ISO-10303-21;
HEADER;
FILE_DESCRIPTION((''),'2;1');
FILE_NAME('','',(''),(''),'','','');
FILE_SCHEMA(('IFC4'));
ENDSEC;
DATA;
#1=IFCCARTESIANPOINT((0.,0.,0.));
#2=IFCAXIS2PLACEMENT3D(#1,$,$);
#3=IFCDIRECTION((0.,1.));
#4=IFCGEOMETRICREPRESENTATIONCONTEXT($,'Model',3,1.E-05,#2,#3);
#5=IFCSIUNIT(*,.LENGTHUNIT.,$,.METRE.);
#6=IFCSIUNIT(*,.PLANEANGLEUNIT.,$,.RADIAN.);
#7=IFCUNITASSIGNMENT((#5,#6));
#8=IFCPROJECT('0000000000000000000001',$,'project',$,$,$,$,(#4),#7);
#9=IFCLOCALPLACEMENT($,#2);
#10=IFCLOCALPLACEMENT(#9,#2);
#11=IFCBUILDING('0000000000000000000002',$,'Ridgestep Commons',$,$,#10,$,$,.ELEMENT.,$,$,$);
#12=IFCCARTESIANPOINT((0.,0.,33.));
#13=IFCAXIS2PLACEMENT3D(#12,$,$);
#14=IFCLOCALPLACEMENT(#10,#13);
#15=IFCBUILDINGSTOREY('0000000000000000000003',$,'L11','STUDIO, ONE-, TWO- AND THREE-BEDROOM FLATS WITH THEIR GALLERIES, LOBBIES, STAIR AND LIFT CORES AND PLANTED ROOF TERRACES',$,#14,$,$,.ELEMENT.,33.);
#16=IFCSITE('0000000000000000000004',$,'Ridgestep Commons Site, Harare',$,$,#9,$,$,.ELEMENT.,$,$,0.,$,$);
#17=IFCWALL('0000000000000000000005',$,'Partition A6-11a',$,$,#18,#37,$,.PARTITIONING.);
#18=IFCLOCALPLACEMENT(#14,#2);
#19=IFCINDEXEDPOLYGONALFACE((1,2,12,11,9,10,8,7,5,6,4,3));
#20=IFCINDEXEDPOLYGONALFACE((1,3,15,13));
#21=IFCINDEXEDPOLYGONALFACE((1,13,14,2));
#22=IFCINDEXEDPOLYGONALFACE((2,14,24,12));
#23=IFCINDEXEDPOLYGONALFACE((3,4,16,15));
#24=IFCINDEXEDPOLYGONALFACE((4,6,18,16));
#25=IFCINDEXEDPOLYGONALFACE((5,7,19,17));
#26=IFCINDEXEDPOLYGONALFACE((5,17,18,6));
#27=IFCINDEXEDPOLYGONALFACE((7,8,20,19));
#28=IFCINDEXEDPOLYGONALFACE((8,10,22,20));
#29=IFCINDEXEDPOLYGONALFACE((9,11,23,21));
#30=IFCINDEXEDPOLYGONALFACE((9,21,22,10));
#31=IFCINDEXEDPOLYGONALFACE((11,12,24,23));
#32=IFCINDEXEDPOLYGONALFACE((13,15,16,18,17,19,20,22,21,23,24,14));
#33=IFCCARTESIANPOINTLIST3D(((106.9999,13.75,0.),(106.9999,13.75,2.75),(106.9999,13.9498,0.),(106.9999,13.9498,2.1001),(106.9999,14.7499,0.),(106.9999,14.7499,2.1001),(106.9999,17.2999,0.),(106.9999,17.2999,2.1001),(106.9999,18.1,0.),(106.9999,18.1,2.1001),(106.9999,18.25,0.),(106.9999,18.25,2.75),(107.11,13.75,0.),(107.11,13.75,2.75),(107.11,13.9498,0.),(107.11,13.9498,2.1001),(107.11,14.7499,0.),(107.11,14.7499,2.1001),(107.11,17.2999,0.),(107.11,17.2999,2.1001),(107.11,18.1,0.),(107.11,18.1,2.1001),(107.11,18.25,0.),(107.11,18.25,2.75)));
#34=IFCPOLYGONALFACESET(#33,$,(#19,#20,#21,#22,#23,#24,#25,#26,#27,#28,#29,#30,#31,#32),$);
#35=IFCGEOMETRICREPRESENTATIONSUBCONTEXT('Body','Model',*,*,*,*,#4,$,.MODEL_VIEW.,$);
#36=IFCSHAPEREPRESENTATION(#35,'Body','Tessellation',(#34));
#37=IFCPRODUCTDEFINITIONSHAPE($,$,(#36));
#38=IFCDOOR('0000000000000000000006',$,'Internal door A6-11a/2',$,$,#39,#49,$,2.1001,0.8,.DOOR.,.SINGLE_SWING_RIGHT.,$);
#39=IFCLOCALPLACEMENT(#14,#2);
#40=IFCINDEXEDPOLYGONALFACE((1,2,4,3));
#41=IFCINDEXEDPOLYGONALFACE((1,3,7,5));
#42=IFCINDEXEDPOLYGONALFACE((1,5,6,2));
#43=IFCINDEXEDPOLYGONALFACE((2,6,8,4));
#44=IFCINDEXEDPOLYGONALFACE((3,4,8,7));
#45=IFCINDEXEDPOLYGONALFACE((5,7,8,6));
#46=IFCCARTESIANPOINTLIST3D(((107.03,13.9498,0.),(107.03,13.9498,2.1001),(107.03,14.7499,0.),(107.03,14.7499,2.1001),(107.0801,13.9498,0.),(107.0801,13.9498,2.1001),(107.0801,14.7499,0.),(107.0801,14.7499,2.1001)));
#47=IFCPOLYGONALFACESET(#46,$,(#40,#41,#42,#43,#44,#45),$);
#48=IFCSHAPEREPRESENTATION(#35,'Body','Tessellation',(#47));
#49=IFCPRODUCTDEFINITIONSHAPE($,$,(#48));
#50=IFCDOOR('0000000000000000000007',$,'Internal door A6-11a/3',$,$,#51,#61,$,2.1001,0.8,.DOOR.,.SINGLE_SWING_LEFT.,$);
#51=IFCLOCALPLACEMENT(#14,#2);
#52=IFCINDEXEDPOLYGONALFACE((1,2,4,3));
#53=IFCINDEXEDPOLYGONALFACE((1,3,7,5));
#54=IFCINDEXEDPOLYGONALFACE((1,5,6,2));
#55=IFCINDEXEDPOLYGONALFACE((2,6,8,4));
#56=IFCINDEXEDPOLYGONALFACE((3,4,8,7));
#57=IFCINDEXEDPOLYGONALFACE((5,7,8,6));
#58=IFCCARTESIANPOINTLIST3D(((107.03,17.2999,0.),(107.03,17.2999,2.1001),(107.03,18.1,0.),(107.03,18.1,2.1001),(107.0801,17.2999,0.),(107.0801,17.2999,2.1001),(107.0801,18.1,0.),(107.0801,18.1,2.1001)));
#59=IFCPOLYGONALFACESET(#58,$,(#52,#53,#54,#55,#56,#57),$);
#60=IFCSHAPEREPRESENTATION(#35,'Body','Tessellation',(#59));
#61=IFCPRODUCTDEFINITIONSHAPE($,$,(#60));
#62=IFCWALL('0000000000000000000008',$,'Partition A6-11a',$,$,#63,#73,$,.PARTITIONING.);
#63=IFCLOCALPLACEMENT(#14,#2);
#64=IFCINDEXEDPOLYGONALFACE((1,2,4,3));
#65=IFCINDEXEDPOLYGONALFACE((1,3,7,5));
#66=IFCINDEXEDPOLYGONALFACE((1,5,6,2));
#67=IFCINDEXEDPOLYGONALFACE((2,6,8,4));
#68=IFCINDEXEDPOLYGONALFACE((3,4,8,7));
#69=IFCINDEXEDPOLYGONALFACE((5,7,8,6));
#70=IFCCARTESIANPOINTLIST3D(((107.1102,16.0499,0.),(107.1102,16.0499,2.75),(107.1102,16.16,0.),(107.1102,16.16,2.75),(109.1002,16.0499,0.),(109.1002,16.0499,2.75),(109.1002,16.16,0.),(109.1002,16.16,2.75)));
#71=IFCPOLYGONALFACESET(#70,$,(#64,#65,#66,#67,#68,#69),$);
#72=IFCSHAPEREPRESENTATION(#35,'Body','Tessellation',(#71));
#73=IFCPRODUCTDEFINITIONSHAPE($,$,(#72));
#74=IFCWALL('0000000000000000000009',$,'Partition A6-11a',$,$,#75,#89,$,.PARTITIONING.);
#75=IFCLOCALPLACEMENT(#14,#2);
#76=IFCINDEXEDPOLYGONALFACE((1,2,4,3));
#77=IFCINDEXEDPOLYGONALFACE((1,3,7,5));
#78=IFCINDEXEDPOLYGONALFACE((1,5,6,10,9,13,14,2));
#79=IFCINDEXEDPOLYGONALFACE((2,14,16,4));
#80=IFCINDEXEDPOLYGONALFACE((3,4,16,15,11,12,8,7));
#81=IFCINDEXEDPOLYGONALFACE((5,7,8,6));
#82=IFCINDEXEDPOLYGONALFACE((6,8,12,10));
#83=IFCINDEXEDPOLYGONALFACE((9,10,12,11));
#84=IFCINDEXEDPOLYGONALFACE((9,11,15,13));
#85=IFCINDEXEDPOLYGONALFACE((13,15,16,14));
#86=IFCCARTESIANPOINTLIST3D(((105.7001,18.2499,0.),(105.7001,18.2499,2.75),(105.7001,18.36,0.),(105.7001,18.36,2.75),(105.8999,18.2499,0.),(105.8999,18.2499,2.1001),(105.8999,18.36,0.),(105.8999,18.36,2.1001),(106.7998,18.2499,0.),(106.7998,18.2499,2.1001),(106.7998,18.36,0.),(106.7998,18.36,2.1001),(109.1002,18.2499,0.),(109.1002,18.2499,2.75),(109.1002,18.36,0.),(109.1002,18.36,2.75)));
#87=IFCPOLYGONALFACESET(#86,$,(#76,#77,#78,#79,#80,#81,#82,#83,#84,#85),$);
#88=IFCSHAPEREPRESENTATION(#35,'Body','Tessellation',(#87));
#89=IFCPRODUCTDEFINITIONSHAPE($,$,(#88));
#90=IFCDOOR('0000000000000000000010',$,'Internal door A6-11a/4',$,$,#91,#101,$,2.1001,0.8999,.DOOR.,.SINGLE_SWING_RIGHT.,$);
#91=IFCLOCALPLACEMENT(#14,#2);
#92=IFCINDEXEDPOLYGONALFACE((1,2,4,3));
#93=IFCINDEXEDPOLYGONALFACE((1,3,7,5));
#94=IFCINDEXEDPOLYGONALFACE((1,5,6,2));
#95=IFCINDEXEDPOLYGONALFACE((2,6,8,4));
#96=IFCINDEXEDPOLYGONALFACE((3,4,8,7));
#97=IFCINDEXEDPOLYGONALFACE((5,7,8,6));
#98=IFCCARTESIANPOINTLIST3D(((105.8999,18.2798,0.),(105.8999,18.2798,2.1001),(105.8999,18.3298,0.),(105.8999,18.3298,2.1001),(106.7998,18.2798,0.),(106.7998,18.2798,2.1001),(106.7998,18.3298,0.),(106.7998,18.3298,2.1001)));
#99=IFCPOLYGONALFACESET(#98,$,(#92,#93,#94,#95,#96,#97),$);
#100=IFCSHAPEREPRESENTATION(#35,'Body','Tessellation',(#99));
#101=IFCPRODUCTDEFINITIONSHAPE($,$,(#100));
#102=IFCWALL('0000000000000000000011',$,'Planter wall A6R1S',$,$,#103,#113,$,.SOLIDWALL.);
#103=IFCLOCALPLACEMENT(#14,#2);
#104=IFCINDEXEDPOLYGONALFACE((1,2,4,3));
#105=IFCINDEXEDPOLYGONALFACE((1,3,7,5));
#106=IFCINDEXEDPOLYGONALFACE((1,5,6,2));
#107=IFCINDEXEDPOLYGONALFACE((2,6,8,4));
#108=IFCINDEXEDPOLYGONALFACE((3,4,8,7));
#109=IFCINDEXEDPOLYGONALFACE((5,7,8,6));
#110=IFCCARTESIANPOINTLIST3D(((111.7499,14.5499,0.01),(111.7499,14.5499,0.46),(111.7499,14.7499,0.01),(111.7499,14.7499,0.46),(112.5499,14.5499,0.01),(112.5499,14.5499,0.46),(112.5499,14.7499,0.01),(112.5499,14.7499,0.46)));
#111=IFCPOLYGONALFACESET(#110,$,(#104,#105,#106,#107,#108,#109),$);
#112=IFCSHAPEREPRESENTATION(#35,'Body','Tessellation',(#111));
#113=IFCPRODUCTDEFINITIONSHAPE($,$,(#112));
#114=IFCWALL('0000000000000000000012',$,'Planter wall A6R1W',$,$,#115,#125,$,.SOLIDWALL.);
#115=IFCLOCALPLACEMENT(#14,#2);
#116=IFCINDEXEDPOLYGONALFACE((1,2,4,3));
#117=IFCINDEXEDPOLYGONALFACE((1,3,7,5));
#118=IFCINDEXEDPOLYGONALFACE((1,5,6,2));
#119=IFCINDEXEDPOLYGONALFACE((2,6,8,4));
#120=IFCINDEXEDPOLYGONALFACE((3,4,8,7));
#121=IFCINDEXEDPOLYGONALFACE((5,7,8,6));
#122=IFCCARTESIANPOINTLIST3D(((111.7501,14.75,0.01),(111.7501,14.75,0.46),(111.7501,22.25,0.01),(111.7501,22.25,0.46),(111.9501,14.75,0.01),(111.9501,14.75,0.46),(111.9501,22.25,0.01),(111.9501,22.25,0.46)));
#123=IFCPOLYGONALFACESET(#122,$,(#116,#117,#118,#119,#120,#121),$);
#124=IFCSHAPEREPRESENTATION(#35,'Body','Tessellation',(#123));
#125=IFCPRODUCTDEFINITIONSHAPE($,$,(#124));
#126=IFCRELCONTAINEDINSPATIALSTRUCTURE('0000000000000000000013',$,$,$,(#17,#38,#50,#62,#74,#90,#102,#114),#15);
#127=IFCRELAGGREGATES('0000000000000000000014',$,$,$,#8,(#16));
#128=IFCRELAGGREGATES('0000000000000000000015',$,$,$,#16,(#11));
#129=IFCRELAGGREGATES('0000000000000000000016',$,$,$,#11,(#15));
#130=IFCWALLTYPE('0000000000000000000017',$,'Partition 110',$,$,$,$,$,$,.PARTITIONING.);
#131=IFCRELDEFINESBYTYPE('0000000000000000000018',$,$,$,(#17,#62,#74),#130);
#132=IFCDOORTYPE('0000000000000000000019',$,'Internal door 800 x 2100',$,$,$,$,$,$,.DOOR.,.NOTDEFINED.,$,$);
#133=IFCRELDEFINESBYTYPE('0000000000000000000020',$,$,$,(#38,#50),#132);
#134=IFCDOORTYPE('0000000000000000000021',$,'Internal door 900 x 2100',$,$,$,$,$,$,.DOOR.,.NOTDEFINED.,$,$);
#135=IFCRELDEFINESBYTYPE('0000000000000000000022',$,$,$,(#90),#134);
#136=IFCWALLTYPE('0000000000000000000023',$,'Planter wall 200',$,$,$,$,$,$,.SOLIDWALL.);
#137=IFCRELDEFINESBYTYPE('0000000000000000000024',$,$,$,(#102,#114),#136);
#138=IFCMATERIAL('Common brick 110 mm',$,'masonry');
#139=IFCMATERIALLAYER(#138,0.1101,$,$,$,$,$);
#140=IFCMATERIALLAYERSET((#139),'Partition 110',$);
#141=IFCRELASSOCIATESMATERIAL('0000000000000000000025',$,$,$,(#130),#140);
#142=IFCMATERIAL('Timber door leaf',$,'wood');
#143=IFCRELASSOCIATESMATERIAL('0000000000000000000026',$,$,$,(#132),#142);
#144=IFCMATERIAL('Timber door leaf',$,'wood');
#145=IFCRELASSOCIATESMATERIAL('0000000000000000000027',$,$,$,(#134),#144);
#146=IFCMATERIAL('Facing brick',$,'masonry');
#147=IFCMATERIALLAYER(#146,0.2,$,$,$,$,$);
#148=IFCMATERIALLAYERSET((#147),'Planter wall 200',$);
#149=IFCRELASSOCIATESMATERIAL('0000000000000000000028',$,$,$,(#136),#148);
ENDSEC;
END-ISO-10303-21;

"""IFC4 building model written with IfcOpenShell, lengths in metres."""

from ifc_helpers import new_model, si_unit, direction, frame, frame_2d, origin, place, context, subcontext, project, spatial, rectangle, extrude, material, layer, layer_set, type_object, element, fill, save


model = new_model("IFC4")

# Units and contexts
model_context = context("Model", 3, precision=1e-05, world=origin(), true_north=direction((0.0, 1.0)))
body_context = subcontext(model_context, "Body", "Model", "MODEL_VIEW")
ifc_project = project(units=[si_unit("LENGTHUNIT", "METRE"), si_unit("PLANEANGLEUNIT", "RADIAN")], contexts=[model_context])

# Site, building, storey
site_placement = place(None, origin())
site = spatial("IfcSite", under=ifc_project, at=site_placement, Name="Ridgestep Commons Site, Harare", CompositionType="ELEMENT", RefElevation=0.0)
building_placement = place(site_placement, origin())
building = spatial("IfcBuilding", under=site, at=building_placement, Name="Ridgestep Commons", CompositionType="ELEMENT")
storey_placement = place(building_placement, frame((0.0, 0.0, 33.0)))
storey = spatial("IfcBuildingStorey", under=building, at=storey_placement, Name="L11", Description="STUDIO, ONE-, TWO- AND THREE-BEDROOM FLATS WITH THEIR GALLERIES, LOBBIES, STAIR AND LIFT CORES AND PLANTED ROOF TERRACES", CompositionType="ELEMENT", Elevation=33.0)

# Wall, openings, doors
ifc_material_1 = material(Name="Common brick 110 mm", Category="masonry")
ifc_layer_1 = layer(ifc_material_1, 0.1101)
ifc_layer_set_1 = layer_set([ifc_layer_1], Name="Partition 110")
wall_type_1 = type_object("IfcWallType", Name="Partition 110", PredefinedType="PARTITIONING", material=ifc_layer_set_1)
wall_1_placement = place(storey_placement, frame((107.0549, 13.75, 0.0), z_axis=(0.0, 0.0, 1.0), x_axis=(0.0, 1.0, 0.0)))
wall_1 = element("IfcWall", 1, at=wall_1_placement, inside=storey, type_object=wall_type_1, Name="Partition A6-11a", PredefinedType="PARTITIONING", context=body_context, shape_type="SweptSolid", body=[
    extrude(rectangle(XDim=4.5, YDim=0.1101, at=frame_2d((2.25, 0.0))), origin(), (0.0, 0.0, 1.0), 2.75),
])
opening_1_placement = place(wall_1_placement, frame((0.2, 0.0, 0.0)))
opening_1 = element("IfcOpeningElement", 2, at=opening_1_placement, cuts=wall_1, PredefinedType="OPENING", context=body_context, shape_type="SweptSolid", body=[
    extrude(rectangle(XDim=0.8, YDim=2.1001, at=frame_2d((0.3999, 1.05))), frame((0.0, 0.0649, 0.0), z_axis=(0.0, -1.0, 0.0), x_axis=(1.0, 0.0, 0.0)), (0.0, 0.0, 1.0), 0.1301),
])
opening_2_placement = place(wall_1_placement, frame((3.55, 0.0, 0.0)))
opening_2 = element("IfcOpeningElement", 3, at=opening_2_placement, cuts=wall_1, PredefinedType="OPENING", context=body_context, shape_type="SweptSolid", body=[
    extrude(rectangle(XDim=0.8, YDim=2.1001, at=frame_2d((0.3999, 1.05))), frame((0.0, 0.0649, 0.0), z_axis=(0.0, -1.0, 0.0), x_axis=(1.0, 0.0, 0.0)), (0.0, 0.0, 1.0), 0.1301),
])
ifc_material_2 = material(Name="Timber door leaf", Category="wood")
door_type_1 = type_object("IfcDoorType", Name="Internal door 800 x 2100", OperationType="NOTDEFINED", PredefinedType="DOOR", material=ifc_material_2)
door_1_placement = place(opening_1_placement, origin())
door_1 = element("IfcDoor", 4, at=door_1_placement, inside=storey, type_object=door_type_1, Name="Internal door A6-11a/2", OperationType="SINGLE_SWING_RIGHT", OverallHeight=2.1001, OverallWidth=0.8, PredefinedType="DOOR", context=body_context, shape_type="SweptSolid", body=[
    extrude(rectangle(XDim=0.8, YDim=2.1001, at=frame_2d((0.3999, 1.05))), frame((0.0, 0.0249, 0.0), z_axis=(0.0, -1.0, 0.0), x_axis=(1.0, 0.0, 0.0)), (0.0, 0.0, 1.0), 0.05),
])
fill(opening_1, door_1)
door_2_placement = place(opening_2_placement, origin())
door_2 = element("IfcDoor", 5, at=door_2_placement, inside=storey, type_object=door_type_1, Name="Internal door A6-11a/3", OperationType="SINGLE_SWING_LEFT", OverallHeight=2.1001, OverallWidth=0.8, PredefinedType="DOOR", context=body_context, shape_type="SweptSolid", body=[
    extrude(rectangle(XDim=0.8, YDim=2.1001, at=frame_2d((0.3999, 1.05))), frame((0.0, 0.0249, 0.0), z_axis=(0.0, -1.0, 0.0), x_axis=(1.0, 0.0, 0.0)), (0.0, 0.0, 1.0), 0.05),
])
fill(opening_2, door_2)

# Wall
wall_2_placement = place(storey_placement, frame((107.1101, 16.105, 0.0), z_axis=(0.0, 0.0, 1.0), x_axis=(1.0, 0.0, 0.0)))
element("IfcWall", 6, at=wall_2_placement, inside=storey, type_object=wall_type_1, Name="Partition A6-11a", PredefinedType="PARTITIONING", context=body_context, shape_type="SweptSolid", body=[
    extrude(rectangle(XDim=1.99, YDim=0.1101, at=frame_2d((0.9951, 0.0))), origin(), (0.0, 0.0, 1.0), 2.75),
])

# Wall, opening, door
wall_3_placement = place(storey_placement, frame((105.7, 18.3049, 0.0), z_axis=(0.0, 0.0, 1.0), x_axis=(1.0, 0.0, 0.0)))
wall_3 = element("IfcWall", 7, at=wall_3_placement, inside=storey, type_object=wall_type_1, Name="Partition A6-11a", PredefinedType="PARTITIONING", context=body_context, shape_type="SweptSolid", body=[
    extrude(rectangle(XDim=3.4001, YDim=0.1101, at=frame_2d((1.7002, 0.0))), origin(), (0.0, 0.0, 1.0), 2.75),
])
opening_3_placement = place(wall_3_placement, frame((0.2, 0.0, 0.0)))
opening_3 = element("IfcOpeningElement", 8, at=opening_3_placement, cuts=wall_3, PredefinedType="OPENING", context=body_context, shape_type="SweptSolid", body=[
    extrude(rectangle(XDim=0.8999, YDim=2.1001, at=frame_2d((0.45, 1.05))), frame((0.0, 0.0649, 0.0), z_axis=(0.0, -1.0, 0.0), x_axis=(1.0, 0.0, 0.0)), (0.0, 0.0, 1.0), 0.1301),
])
ifc_material_3 = material(Name="Timber door leaf", Category="wood")
door_type_2 = type_object("IfcDoorType", Name="Internal door 900 x 2100", OperationType="NOTDEFINED", PredefinedType="DOOR", material=ifc_material_3)
door_3_placement = place(opening_3_placement, origin())
door_3 = element("IfcDoor", 9, at=door_3_placement, inside=storey, type_object=door_type_2, Name="Internal door A6-11a/4", OperationType="SINGLE_SWING_RIGHT", OverallHeight=2.1001, OverallWidth=0.8999, PredefinedType="DOOR", context=body_context, shape_type="SweptSolid", body=[
    extrude(rectangle(XDim=0.8999, YDim=2.1001, at=frame_2d((0.45, 1.05))), frame((0.0, 0.0249, 0.0), z_axis=(0.0, -1.0, 0.0), x_axis=(1.0, 0.0, 0.0)), (0.0, 0.0, 1.0), 0.05),
])
fill(opening_3, door_3)

# Walls
ifc_material_4 = material(Name="Facing brick", Category="masonry")
ifc_layer_2 = layer(ifc_material_4, 0.2)
ifc_layer_set_2 = layer_set([ifc_layer_2], Name="Planter wall 200")
wall_type_2 = type_object("IfcWallType", Name="Planter wall 200", PredefinedType="SOLIDWALL", material=ifc_layer_set_2)
wall_4_placement = place(storey_placement, frame((111.75, 14.6499, 0.01), z_axis=(0.0, 0.0, 1.0), x_axis=(1.0, 0.0, 0.0)))
element("IfcWall", 10, at=wall_4_placement, inside=storey, type_object=wall_type_2, Name="Planter wall A6R1S", PredefinedType="SOLIDWALL", context=body_context, shape_type="SweptSolid", body=[
    extrude(rectangle(XDim=0.8, YDim=0.2, at=frame_2d((0.3999, 0.0))), origin(), (0.0, 0.0, 1.0), 0.45),
])
wall_5_placement = place(storey_placement, frame((111.8501, 14.75, 0.01), z_axis=(0.0, 0.0, 1.0), x_axis=(0.0, 1.0, 0.0)))
element("IfcWall", 11, at=wall_5_placement, inside=storey, type_object=wall_type_2, Name="Planter wall A6R1W", PredefinedType="SOLIDWALL", context=body_context, shape_type="SweptSolid", body=[
    extrude(rectangle(XDim=7.5, YDim=0.2, at=frame_2d((3.75, 0.0))), origin(), (0.0, 0.0, 1.0), 0.45),
])

save(model, "model.ifc")
